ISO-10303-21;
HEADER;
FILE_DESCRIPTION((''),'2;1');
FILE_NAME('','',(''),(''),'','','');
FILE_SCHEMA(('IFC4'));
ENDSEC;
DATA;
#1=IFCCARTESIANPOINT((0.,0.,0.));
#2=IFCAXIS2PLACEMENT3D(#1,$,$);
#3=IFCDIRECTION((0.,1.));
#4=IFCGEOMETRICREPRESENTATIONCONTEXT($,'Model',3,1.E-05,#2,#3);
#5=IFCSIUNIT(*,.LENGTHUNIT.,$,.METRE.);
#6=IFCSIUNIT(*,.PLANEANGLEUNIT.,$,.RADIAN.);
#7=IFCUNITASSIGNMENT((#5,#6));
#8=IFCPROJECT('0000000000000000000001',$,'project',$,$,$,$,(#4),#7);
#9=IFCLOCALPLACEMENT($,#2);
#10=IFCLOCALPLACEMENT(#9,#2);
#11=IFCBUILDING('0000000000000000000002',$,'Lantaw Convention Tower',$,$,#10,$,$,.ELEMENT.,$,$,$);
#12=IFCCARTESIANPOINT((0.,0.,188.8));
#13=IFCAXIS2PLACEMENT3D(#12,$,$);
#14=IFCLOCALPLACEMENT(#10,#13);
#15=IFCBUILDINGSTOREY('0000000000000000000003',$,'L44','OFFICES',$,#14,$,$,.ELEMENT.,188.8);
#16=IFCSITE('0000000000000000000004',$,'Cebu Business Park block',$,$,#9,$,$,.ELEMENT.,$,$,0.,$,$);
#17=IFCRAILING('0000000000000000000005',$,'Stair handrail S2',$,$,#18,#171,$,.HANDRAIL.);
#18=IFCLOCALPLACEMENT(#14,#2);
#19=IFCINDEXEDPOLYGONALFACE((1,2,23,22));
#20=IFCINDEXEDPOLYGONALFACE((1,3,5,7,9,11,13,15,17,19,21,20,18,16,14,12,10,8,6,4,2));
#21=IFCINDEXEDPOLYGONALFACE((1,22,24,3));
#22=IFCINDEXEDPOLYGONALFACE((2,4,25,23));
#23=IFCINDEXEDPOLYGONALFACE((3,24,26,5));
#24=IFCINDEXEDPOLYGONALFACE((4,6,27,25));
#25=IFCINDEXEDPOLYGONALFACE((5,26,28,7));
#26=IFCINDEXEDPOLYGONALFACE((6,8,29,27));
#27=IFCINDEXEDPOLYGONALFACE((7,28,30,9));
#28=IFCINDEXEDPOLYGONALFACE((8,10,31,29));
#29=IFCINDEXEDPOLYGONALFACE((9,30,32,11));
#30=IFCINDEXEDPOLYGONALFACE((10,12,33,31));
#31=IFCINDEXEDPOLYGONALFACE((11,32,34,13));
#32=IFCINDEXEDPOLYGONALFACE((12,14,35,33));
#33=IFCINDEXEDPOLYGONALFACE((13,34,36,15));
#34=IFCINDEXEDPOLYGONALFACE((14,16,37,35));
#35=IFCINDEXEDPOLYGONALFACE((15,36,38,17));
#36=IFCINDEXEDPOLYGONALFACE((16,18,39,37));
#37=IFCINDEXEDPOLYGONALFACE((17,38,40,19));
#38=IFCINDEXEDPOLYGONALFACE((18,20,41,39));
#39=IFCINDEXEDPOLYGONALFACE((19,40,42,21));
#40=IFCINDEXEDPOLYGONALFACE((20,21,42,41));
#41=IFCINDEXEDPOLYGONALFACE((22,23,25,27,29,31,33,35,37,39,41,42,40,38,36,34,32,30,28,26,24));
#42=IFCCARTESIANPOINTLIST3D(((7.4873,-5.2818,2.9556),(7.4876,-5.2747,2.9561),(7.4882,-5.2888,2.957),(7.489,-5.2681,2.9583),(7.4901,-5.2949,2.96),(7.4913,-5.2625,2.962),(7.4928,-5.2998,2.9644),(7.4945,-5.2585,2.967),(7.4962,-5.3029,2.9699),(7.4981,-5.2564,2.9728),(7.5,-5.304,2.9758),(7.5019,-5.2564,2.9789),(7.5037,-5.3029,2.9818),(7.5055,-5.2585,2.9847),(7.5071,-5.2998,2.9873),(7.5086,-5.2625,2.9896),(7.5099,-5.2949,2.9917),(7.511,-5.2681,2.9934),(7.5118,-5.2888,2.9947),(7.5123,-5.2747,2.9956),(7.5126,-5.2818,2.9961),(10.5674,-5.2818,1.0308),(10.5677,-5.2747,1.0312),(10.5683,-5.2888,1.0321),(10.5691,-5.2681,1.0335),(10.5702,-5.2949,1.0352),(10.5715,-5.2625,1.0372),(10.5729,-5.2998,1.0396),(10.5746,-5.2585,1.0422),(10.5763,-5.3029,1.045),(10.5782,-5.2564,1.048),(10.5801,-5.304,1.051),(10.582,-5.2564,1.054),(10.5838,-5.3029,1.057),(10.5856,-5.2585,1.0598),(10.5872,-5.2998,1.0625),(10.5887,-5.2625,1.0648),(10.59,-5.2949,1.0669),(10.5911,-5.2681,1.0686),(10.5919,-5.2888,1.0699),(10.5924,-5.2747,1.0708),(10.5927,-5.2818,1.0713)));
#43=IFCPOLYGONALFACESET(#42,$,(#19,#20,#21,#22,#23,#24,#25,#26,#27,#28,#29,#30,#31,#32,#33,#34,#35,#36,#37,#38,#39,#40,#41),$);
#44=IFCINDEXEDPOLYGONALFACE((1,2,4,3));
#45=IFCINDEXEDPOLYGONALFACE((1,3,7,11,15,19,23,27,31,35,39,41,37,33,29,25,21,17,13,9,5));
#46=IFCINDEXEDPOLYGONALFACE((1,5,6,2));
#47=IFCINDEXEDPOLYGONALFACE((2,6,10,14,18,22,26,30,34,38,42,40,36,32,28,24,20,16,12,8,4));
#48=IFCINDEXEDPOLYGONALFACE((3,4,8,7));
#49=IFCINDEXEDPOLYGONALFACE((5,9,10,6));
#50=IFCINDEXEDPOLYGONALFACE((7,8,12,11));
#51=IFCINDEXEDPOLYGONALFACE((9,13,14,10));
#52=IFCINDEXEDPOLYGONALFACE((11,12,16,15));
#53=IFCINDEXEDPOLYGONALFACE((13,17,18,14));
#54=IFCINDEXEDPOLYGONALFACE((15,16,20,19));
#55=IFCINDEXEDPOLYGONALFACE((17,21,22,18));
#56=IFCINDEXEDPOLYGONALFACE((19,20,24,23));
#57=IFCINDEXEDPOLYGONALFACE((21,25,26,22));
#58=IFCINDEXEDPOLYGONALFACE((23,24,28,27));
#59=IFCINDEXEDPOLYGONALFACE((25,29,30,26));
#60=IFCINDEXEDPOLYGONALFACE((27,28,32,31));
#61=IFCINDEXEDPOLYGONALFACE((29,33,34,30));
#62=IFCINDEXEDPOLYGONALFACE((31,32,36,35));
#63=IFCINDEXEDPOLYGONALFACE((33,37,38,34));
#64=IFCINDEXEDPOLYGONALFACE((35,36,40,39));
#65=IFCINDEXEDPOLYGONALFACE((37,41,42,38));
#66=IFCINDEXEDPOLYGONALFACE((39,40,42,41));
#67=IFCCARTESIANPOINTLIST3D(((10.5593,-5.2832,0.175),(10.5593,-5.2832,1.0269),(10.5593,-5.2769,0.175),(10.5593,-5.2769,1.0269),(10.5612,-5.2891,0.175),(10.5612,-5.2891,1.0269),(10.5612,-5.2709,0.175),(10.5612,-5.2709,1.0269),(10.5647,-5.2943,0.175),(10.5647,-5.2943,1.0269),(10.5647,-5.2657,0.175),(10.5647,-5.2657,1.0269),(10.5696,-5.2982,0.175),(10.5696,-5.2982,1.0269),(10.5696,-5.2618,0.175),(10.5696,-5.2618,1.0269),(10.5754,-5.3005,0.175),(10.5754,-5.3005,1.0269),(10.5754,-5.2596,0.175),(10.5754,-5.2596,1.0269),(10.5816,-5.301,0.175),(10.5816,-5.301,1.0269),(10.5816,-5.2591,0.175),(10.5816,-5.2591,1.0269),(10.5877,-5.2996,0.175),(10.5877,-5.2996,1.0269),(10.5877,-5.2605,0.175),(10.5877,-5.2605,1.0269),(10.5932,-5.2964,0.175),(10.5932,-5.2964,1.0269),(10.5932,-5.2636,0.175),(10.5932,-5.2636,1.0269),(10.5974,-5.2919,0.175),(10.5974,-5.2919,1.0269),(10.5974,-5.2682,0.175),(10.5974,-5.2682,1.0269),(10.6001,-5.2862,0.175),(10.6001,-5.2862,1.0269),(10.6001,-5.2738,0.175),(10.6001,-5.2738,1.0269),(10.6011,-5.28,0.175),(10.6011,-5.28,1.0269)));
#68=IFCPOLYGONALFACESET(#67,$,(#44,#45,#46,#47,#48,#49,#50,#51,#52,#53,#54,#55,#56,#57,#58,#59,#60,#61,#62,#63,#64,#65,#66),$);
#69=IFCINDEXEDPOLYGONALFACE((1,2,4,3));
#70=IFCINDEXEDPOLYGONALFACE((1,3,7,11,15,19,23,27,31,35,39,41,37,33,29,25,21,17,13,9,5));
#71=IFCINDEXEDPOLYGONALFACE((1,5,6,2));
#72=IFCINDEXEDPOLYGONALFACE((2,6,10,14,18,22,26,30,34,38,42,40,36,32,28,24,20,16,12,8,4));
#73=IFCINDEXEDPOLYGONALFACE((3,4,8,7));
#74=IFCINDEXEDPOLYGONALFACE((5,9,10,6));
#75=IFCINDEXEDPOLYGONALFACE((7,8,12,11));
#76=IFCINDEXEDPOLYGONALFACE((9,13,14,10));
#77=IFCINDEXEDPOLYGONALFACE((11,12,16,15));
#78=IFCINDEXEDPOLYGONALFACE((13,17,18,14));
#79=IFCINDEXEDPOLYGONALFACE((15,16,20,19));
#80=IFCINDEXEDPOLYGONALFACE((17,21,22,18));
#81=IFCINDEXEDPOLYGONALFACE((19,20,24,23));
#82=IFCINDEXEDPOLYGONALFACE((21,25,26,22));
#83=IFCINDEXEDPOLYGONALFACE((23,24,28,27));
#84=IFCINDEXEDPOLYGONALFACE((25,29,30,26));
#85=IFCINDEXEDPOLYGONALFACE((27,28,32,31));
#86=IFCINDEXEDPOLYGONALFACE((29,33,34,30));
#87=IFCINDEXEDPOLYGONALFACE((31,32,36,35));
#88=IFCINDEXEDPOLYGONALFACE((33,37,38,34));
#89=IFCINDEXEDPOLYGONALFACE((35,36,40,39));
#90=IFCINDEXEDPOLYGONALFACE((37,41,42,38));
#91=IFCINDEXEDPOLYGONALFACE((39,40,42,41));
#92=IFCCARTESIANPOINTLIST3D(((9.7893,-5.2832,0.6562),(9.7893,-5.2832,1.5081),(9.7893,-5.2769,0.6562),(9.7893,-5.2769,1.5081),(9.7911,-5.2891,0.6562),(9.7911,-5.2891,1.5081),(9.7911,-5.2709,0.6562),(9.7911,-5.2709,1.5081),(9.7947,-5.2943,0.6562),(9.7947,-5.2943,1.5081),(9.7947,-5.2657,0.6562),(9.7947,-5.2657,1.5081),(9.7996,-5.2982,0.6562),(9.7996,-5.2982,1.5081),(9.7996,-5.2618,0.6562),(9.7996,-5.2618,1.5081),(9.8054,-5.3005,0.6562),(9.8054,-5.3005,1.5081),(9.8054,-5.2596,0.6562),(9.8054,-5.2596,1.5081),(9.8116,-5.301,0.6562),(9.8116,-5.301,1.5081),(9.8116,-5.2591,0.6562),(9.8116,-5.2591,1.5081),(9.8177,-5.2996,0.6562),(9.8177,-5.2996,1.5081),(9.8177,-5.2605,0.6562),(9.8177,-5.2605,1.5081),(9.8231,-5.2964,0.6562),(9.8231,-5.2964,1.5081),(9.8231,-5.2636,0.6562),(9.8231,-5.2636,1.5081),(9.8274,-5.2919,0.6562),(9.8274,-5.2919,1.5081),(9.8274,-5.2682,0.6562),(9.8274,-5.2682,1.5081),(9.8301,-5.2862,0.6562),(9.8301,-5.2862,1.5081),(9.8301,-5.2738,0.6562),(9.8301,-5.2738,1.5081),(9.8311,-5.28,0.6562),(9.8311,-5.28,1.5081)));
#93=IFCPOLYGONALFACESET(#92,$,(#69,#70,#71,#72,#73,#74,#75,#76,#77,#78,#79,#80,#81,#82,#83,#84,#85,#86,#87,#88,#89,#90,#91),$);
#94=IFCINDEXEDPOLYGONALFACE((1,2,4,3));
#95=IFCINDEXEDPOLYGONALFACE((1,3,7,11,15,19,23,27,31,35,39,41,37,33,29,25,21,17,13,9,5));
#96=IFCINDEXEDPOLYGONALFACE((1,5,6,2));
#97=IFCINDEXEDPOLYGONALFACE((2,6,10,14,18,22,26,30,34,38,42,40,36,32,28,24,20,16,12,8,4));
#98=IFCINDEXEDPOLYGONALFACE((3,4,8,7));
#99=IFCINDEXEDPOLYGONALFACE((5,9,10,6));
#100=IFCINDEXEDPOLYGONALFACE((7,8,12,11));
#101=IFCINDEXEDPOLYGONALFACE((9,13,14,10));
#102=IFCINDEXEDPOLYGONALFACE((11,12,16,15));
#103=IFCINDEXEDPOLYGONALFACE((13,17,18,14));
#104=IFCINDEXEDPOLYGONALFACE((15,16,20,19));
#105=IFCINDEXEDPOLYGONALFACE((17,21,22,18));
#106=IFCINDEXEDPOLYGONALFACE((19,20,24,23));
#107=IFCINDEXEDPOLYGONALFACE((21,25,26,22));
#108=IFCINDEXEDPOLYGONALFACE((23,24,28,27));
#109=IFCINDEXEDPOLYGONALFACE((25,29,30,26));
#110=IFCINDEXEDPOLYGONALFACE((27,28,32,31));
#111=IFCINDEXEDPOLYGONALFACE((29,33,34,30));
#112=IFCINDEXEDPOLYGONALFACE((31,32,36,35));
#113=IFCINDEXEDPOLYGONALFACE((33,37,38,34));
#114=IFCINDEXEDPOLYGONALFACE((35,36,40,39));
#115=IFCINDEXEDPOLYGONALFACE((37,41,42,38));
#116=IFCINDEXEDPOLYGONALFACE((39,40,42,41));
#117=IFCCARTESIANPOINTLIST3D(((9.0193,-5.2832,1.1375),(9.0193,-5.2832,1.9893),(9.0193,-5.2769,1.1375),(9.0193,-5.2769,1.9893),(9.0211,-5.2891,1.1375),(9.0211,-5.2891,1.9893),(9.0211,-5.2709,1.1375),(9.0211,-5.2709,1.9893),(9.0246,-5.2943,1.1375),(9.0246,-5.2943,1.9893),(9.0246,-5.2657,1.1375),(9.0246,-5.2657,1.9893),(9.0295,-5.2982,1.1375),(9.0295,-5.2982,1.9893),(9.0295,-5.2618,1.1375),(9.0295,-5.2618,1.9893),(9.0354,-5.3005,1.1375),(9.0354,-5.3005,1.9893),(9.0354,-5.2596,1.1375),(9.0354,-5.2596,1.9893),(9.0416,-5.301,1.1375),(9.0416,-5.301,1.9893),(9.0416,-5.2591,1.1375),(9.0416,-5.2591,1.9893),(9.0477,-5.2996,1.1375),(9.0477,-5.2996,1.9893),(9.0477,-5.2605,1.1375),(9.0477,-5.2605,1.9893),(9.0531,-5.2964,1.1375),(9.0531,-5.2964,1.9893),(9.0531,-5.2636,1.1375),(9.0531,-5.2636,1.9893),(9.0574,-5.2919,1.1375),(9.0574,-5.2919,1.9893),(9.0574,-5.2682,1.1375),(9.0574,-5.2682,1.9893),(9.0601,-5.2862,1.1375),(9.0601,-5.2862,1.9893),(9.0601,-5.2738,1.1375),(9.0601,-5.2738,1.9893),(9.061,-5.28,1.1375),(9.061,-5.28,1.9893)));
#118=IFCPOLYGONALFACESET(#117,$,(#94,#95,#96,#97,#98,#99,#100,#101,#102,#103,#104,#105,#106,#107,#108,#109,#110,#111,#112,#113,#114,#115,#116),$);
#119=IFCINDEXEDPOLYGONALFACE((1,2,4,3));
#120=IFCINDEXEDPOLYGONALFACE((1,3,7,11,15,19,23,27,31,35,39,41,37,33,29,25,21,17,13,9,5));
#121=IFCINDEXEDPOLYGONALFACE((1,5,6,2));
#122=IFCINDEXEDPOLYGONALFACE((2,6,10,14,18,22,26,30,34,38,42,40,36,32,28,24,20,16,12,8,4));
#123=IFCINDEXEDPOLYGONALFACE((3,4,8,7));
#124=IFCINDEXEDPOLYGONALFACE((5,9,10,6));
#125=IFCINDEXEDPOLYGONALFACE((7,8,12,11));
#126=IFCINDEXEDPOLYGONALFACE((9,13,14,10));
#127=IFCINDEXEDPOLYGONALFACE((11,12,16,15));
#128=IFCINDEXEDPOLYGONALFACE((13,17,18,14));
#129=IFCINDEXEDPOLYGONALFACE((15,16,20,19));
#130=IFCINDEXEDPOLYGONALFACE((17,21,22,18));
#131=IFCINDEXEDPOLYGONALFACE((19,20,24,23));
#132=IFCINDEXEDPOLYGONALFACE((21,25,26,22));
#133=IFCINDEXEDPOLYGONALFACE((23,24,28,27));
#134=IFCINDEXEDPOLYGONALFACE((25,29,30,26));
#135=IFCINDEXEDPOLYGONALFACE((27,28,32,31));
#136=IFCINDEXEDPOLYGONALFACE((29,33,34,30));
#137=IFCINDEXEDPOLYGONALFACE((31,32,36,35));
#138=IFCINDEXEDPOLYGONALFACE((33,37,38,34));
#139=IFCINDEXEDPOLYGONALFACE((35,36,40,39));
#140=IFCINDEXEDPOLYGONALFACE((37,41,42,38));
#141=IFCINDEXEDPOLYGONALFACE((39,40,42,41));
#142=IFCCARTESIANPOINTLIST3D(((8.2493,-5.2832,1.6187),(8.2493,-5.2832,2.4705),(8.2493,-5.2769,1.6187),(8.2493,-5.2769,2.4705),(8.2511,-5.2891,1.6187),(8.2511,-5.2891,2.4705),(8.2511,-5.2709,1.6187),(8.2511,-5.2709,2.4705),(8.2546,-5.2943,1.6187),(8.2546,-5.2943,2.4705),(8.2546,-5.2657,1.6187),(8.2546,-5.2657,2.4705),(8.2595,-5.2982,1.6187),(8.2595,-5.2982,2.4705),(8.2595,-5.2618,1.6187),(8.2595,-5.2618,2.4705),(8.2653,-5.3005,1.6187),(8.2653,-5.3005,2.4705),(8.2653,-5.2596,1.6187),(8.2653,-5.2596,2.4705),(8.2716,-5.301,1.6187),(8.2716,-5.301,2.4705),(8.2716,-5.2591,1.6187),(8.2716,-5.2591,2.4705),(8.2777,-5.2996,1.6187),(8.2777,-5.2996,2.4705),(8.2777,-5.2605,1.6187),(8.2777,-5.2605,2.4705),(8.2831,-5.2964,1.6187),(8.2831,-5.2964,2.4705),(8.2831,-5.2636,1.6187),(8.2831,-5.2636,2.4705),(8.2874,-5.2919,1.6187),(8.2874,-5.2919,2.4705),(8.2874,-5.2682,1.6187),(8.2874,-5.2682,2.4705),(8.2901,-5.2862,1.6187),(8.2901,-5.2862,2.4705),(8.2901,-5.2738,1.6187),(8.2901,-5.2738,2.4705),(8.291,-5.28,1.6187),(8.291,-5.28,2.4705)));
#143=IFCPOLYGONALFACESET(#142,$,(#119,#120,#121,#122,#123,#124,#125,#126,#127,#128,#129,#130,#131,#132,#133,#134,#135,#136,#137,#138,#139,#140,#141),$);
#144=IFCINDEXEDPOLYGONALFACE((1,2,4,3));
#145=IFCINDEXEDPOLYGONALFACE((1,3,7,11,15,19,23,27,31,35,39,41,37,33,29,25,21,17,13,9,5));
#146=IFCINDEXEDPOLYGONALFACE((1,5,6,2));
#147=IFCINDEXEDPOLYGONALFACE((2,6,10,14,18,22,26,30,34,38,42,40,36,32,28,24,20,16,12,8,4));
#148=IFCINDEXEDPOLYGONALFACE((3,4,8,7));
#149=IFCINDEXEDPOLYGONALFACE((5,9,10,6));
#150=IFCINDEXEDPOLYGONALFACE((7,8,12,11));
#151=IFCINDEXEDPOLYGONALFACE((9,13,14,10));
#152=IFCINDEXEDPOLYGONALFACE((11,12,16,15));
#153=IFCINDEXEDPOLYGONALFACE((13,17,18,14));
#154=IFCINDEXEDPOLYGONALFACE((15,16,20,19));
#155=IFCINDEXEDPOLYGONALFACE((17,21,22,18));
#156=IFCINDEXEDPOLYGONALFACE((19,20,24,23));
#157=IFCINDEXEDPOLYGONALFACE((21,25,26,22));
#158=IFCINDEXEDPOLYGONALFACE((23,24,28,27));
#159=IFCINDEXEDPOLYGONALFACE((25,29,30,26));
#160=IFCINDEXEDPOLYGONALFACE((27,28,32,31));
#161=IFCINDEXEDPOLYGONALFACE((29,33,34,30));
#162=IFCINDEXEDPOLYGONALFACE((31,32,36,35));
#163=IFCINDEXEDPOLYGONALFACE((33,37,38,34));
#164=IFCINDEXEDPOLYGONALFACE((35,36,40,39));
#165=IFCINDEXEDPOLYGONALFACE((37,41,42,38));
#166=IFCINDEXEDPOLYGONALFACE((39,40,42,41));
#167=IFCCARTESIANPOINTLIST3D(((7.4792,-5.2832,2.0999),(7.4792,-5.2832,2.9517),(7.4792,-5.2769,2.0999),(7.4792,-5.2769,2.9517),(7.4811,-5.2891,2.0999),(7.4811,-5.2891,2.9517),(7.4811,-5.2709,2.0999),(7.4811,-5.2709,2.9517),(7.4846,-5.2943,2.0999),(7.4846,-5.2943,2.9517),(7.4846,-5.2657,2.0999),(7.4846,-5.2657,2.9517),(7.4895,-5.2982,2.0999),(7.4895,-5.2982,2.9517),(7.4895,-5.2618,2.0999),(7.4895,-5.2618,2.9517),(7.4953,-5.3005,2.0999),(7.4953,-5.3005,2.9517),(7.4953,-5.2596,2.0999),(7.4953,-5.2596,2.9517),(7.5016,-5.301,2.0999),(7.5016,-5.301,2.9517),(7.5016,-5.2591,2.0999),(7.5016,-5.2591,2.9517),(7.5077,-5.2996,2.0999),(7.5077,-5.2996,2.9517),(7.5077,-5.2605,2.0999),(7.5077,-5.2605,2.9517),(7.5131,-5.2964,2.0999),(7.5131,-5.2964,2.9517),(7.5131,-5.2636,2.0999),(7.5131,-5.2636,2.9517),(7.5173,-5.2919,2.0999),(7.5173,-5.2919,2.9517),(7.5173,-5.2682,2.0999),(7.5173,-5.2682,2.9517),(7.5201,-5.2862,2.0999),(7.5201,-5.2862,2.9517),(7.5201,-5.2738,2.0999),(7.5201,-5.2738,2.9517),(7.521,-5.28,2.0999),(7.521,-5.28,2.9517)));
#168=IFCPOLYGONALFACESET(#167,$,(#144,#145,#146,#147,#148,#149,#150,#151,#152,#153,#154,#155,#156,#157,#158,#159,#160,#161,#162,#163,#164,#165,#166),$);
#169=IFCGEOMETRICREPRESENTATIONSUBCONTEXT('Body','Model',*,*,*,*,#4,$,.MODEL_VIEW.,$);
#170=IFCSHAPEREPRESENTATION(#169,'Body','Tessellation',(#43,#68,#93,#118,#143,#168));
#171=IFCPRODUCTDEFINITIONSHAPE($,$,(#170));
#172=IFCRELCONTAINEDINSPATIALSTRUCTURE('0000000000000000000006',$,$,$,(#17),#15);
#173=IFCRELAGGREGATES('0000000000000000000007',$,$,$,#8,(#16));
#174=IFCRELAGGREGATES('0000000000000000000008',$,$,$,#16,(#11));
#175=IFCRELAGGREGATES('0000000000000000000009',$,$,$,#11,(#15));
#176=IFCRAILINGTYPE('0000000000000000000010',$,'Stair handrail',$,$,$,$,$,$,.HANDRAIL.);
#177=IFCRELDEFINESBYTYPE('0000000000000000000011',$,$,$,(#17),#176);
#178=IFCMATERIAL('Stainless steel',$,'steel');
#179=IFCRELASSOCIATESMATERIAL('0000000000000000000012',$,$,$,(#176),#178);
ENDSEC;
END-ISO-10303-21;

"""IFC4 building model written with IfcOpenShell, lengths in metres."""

from ifc_helpers import new_model, si_unit, direction, frame, origin, origin_2d, place, context, subcontext, project, spatial, circle, extrude, material, type_object, element, save


model = new_model("IFC4")

# Units and contexts
model_context = context("Model", 3, precision=1e-05, world=origin(), true_north=direction((0.0, 1.0)))
body_context = subcontext(model_context, "Body", "Model", "MODEL_VIEW")
ifc_project = project(units=[si_unit("LENGTHUNIT", "METRE"), si_unit("PLANEANGLEUNIT", "RADIAN")], contexts=[model_context])

# Site, building, storey
site_placement = place(None, origin())
site = spatial("IfcSite", under=ifc_project, at=site_placement, Name="Cebu Business Park block", CompositionType="ELEMENT", RefElevation=0.0)
building_placement = place(site_placement, origin())
building = spatial("IfcBuilding", under=site, at=building_placement, Name="Lantaw Convention Tower", CompositionType="ELEMENT")
storey_placement = place(building_placement, frame((0.0, 0.0, 188.8)))
storey = spatial("IfcBuildingStorey", under=building, at=storey_placement, Name="L44", Description="OFFICES", CompositionType="ELEMENT", Elevation=188.8)

# Railing
ifc_material_1 = material(Name="Stainless steel", Category="steel")
railing_type = type_object("IfcRailingType", Name="Stair handrail", PredefinedType="HANDRAIL", material=ifc_material_1)
railing_1_placement = place(storey_placement, frame((10.5801, -5.28, 0.175)))
element("IfcRailing", 1, at=railing_1_placement, inside=storey, type_object=railing_type, Name="Stair handrail S2", PredefinedType="HANDRAIL", context=body_context, shape_type="SweptSolid", body=[
    extrude(circle(Radius=0.0239, at=origin_2d()), frame((0.0, 0.0, 0.876), z_axis=(-0.848029, 0.0, 0.529951), x_axis=(0.0, -1.0, 0.0)), (0.0, 0.0, 1.0), 3.6321),
    extrude(circle(Radius=0.021, at=origin_2d()), origin(), (0.0, 0.0, 1.0), 0.8518),
    extrude(circle(Radius=0.021, at=origin_2d()), frame((-0.77, 0.0, 0.4812)), (0.0, 0.0, 1.0), 0.8518),
    extrude(circle(Radius=0.021, at=origin_2d()), frame((-1.54, 0.0, 0.9624)), (0.0, 0.0, 1.0), 0.8518),
    extrude(circle(Radius=0.021, at=origin_2d()), frame((-2.3101, 0.0, 1.4436)), (0.0, 0.0, 1.0), 0.8518),
    extrude(circle(Radius=0.021, at=origin_2d()), frame((-3.0801, 0.0, 1.9248)), (0.0, 0.0, 1.0), 0.8518),
])

save(model, "model.ifc")
